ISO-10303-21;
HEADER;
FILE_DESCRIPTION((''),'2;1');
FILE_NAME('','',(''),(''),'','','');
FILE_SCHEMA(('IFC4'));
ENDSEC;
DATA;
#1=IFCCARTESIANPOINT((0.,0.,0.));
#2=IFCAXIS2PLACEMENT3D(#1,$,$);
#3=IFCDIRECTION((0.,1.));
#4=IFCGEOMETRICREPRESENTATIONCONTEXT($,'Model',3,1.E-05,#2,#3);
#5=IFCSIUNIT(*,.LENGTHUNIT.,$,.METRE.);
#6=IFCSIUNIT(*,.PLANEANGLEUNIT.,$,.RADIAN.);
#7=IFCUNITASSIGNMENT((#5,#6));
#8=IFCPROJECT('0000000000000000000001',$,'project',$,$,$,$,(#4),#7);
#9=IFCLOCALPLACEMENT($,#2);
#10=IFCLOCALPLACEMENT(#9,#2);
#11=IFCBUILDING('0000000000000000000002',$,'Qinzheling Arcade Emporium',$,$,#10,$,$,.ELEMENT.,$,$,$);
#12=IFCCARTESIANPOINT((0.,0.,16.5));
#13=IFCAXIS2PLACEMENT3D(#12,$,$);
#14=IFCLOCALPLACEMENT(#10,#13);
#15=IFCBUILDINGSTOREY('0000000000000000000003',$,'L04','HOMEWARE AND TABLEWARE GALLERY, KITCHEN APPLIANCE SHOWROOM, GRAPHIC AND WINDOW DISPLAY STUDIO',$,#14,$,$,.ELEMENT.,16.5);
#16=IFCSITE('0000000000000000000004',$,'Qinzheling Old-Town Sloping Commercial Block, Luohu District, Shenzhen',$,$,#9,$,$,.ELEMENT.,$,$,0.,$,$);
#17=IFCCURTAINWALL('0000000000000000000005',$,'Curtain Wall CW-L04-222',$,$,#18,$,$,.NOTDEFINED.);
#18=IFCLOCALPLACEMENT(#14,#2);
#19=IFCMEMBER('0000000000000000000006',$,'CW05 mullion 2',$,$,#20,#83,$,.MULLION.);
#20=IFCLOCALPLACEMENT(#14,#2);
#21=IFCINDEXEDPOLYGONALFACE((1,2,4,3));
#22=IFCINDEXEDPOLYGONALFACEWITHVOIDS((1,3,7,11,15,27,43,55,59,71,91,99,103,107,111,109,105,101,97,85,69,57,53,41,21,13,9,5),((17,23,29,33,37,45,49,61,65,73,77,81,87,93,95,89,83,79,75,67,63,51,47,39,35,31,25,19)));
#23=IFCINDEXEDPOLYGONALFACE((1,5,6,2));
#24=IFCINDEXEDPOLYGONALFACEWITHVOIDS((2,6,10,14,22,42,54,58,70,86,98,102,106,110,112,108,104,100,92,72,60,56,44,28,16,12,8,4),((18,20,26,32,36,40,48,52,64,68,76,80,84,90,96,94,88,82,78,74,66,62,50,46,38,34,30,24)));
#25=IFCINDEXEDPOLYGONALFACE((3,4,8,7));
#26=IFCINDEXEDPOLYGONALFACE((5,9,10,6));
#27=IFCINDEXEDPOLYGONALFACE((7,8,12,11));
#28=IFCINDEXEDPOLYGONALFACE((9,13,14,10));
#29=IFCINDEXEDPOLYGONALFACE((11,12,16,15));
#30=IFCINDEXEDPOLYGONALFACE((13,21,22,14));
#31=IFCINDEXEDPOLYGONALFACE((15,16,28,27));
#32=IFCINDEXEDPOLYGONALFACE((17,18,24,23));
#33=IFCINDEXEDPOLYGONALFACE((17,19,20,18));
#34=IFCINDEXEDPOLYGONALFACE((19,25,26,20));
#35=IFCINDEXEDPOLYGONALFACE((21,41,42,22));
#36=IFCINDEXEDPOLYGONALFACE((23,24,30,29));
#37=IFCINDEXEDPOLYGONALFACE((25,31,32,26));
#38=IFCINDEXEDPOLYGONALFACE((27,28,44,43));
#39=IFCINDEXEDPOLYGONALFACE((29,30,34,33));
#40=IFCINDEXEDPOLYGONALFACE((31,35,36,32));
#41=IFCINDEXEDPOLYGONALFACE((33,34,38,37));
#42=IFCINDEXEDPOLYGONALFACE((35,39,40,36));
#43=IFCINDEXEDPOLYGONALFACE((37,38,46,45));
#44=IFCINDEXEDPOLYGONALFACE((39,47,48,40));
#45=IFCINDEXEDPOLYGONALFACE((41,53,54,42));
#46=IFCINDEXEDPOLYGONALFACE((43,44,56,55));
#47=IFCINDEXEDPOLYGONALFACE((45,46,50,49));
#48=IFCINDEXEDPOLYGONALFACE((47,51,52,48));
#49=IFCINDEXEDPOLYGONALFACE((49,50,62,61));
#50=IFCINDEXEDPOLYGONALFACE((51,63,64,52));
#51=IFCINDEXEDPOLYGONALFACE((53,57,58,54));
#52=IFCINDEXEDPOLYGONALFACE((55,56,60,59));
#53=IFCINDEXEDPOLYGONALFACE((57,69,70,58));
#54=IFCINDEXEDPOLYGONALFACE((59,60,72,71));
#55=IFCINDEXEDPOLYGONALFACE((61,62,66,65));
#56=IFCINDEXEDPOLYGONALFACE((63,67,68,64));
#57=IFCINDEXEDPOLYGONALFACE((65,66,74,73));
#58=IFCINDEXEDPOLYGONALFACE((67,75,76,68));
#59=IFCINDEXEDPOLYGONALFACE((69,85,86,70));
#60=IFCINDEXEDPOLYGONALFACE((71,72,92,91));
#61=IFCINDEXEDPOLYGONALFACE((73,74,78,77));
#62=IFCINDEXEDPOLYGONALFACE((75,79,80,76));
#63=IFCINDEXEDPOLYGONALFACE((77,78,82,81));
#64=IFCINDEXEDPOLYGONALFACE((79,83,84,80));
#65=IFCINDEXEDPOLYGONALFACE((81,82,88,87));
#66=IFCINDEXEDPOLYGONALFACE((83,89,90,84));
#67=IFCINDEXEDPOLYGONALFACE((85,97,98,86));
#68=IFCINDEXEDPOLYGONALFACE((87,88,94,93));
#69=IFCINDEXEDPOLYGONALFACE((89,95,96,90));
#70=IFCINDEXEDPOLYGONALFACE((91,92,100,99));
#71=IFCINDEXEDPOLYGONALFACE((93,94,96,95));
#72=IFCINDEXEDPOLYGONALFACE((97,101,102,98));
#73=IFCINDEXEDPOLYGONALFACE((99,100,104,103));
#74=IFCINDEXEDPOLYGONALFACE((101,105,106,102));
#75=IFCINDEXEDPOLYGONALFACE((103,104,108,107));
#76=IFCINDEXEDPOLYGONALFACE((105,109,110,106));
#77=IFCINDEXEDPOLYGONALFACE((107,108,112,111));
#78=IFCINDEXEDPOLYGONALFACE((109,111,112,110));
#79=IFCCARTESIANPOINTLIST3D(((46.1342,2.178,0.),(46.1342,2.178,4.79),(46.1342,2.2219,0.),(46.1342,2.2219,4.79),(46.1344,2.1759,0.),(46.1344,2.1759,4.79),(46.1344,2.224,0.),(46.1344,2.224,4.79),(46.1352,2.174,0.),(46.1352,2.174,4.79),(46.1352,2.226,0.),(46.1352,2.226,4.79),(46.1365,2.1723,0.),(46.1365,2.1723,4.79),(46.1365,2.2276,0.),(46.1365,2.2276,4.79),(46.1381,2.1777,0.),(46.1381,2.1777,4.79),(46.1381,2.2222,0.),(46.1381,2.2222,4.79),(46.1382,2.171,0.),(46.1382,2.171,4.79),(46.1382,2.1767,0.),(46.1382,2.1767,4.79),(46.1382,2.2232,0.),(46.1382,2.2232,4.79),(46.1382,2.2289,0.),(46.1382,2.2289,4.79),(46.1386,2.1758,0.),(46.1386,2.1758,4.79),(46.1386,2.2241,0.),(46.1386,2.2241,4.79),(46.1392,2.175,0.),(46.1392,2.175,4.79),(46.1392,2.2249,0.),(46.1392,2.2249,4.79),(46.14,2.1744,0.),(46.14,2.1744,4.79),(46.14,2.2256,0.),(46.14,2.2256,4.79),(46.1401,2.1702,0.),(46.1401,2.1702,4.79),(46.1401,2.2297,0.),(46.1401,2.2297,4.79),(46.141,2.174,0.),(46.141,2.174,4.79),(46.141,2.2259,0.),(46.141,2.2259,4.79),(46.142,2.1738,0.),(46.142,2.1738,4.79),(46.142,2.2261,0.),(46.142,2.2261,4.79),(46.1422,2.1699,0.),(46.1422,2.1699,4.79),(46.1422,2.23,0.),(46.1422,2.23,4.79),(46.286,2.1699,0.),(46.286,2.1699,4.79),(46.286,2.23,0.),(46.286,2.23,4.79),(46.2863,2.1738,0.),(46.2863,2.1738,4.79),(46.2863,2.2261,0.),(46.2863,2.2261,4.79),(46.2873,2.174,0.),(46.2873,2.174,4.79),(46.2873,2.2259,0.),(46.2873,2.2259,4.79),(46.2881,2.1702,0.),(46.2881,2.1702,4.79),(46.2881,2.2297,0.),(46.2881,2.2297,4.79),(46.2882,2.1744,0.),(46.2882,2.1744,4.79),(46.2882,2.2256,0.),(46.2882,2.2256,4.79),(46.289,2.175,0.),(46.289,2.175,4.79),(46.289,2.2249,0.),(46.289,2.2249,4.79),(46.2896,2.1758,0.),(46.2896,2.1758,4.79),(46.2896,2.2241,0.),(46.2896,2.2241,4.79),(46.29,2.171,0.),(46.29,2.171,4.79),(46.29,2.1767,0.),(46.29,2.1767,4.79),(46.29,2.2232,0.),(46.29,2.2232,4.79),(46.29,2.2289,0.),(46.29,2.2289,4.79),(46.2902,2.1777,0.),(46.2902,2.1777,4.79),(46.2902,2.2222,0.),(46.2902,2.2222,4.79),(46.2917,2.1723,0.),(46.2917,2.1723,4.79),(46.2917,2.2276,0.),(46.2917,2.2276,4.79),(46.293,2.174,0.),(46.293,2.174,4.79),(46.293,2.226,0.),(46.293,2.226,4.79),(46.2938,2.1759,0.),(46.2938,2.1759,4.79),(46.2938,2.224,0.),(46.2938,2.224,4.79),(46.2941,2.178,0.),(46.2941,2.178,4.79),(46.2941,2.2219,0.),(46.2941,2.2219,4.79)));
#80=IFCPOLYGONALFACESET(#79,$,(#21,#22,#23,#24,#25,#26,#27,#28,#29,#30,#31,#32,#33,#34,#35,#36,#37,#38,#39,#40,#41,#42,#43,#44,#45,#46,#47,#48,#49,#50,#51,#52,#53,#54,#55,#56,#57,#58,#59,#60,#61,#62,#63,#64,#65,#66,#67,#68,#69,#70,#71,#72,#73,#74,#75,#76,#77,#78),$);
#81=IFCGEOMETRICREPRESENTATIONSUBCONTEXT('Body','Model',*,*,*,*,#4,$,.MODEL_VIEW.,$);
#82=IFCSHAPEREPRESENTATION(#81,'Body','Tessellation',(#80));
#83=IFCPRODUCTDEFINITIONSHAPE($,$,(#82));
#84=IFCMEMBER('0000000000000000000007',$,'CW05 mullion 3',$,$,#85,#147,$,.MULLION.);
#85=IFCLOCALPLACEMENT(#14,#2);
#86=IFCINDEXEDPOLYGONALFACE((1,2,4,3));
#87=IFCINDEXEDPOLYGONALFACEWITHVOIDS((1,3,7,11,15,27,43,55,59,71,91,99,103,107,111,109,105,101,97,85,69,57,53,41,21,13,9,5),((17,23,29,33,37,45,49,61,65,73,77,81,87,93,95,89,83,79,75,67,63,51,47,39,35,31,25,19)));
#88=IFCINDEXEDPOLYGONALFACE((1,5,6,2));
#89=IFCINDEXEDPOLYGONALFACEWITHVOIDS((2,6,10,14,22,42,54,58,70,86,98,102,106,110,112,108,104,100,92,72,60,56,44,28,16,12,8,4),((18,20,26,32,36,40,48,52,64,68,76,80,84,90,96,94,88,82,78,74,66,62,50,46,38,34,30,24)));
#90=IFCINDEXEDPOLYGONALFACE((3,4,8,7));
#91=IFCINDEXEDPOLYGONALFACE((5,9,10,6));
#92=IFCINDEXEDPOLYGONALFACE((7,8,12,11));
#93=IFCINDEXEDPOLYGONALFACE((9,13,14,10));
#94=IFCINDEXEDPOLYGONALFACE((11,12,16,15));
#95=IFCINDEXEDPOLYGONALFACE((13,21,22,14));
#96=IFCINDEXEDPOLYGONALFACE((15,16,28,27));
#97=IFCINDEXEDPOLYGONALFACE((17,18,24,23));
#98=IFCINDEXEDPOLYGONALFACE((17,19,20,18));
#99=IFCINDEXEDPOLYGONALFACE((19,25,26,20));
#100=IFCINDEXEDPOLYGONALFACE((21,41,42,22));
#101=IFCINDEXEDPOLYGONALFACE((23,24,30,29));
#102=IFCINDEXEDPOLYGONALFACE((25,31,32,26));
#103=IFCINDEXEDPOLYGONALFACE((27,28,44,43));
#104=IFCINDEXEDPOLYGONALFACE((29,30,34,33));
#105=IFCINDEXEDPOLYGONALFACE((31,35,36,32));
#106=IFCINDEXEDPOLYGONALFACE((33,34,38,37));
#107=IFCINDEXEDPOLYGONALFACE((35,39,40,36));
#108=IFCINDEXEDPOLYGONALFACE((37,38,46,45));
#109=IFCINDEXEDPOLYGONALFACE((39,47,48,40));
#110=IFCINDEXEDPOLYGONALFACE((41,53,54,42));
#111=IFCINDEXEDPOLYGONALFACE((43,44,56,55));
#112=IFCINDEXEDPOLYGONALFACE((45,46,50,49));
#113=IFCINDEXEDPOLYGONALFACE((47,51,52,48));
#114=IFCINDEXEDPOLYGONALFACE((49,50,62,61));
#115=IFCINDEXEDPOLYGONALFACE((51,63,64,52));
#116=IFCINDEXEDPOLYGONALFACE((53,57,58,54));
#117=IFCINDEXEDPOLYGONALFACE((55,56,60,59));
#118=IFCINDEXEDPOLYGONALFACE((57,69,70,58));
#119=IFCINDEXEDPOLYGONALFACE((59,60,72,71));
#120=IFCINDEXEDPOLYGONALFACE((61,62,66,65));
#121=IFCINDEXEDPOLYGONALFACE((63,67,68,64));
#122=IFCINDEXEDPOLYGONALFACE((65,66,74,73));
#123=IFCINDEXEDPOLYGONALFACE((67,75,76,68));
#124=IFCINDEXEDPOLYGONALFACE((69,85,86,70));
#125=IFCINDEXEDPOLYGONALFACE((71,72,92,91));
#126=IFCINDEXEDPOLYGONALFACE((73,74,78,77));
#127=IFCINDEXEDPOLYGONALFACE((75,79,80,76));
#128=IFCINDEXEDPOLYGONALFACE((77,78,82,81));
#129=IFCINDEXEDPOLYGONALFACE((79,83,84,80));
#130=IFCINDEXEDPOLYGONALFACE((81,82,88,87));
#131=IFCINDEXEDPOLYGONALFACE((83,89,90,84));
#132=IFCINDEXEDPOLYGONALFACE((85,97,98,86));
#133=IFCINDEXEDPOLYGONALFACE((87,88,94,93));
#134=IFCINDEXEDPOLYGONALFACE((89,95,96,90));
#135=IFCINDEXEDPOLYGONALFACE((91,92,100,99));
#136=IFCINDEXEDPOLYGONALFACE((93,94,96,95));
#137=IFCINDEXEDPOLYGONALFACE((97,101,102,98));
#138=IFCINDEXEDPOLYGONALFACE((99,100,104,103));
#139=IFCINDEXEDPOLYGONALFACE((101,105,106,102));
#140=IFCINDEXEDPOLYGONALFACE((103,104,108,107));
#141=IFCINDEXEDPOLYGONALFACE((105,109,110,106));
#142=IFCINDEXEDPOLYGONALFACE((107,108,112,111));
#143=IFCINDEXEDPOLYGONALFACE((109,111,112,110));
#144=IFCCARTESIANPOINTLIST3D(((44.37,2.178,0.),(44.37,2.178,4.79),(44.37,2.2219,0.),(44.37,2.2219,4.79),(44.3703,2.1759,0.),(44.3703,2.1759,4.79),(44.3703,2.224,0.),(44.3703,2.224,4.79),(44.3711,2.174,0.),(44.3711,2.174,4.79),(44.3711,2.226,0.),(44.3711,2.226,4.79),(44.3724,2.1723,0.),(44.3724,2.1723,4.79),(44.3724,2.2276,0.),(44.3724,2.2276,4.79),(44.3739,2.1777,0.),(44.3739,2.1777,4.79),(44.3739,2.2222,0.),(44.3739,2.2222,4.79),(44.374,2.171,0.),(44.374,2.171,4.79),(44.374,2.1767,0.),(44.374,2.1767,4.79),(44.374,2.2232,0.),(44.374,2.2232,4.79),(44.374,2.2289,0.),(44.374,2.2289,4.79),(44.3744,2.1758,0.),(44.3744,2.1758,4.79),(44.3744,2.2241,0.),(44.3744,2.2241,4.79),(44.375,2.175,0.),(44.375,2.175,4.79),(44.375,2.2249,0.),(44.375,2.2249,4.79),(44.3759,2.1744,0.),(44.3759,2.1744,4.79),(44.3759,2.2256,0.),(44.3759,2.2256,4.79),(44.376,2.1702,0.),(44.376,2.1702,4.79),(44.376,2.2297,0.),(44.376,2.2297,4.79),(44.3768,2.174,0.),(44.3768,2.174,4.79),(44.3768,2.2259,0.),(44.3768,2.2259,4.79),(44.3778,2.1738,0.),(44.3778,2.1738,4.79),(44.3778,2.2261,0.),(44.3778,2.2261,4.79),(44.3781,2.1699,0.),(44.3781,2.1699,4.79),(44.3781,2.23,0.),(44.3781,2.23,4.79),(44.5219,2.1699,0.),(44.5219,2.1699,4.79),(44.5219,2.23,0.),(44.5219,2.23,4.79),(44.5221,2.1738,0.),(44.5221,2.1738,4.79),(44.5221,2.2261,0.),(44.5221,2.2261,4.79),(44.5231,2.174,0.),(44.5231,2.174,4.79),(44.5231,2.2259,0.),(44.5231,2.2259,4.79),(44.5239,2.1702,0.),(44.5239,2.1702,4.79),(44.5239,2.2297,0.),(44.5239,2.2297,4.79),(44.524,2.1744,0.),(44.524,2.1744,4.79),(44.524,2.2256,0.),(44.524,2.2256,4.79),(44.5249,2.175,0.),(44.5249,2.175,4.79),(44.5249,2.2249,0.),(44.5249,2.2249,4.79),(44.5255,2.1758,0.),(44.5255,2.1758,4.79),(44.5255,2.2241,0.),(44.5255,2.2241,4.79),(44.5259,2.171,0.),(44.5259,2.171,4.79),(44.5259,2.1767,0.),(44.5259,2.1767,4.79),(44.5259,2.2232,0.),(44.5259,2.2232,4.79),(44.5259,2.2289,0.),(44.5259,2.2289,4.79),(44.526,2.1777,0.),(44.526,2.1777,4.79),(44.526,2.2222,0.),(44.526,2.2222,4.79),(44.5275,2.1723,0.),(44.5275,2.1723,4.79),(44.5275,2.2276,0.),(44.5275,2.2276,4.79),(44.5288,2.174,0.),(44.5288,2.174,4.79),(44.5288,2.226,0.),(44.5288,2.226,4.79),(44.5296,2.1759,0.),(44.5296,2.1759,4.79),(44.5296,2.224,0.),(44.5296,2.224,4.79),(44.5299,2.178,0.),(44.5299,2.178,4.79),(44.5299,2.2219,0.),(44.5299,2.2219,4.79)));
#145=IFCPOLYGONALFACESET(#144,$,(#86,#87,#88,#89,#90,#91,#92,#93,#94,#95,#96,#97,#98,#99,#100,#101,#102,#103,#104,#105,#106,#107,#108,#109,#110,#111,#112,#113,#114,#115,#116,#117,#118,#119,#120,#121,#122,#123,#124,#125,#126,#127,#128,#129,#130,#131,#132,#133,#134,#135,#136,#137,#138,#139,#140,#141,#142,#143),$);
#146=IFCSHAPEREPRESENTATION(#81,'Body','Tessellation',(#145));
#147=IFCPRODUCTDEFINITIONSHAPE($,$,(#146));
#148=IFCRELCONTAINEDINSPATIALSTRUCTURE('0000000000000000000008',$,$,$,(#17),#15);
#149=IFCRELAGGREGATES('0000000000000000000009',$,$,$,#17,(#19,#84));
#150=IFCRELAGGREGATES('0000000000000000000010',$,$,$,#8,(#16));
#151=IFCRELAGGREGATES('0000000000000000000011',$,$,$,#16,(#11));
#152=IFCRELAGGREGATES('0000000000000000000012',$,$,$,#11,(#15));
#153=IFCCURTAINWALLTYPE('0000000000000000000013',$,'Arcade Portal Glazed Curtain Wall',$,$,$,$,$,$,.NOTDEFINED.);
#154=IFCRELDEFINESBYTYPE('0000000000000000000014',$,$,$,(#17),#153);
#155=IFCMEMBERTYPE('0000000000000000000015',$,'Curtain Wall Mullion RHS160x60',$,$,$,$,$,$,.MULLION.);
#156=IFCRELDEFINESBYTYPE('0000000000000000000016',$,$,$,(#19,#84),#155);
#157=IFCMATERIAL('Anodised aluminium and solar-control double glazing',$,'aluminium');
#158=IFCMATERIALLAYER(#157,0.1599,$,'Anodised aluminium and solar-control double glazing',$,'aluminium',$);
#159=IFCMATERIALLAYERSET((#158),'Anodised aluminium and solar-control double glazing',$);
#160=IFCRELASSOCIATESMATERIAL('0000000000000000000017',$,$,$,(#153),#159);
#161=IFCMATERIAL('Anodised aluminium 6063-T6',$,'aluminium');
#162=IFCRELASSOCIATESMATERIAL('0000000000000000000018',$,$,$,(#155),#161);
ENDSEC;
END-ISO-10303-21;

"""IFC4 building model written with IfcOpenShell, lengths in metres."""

from ifc_helpers import new_model, si_unit, direction, frame, origin, origin_2d, place, context, subcontext, project, spatial, hollow_rectangle, extrude, material, layer, layer_set, material_profile, profile_set, type_object, element, aggregate, save


model = new_model("IFC4")

# Units and contexts
model_context = context("Model", 3, precision=1e-05, world=origin(), true_north=direction((0.0, 1.0)))
body_context = subcontext(model_context, "Body", "Model", "MODEL_VIEW")
ifc_project = project(units=[si_unit("LENGTHUNIT", "METRE"), si_unit("PLANEANGLEUNIT", "RADIAN")], contexts=[model_context])

# Site, building, storey
site_placement = place(None, origin())
site = spatial("IfcSite", under=ifc_project, at=site_placement, Name="Qinzheling Old-Town Sloping Commercial Block, Luohu District, Shenzhen", CompositionType="ELEMENT", RefElevation=0.0)
building_placement = place(site_placement, origin())
building = spatial("IfcBuilding", under=site, at=building_placement, Name="Qinzheling Arcade Emporium", CompositionType="ELEMENT")
storey_placement = place(building_placement, frame((0.0, 0.0, 16.5)))
storey = spatial("IfcBuildingStorey", under=building, at=storey_placement, Name="L04", Description="HOMEWARE AND TABLEWARE GALLERY, KITCHEN APPLIANCE SHOWROOM, GRAPHIC AND WINDOW DISPLAY STUDIO", CompositionType="ELEMENT", Elevation=16.5)

# Curtain wall, members
ifc_material_1 = material(Name="Anodised aluminium and solar-control double glazing", Category="aluminium")
ifc_layer_1 = layer(ifc_material_1, 0.1599, Name="Anodised aluminium and solar-control double glazing", Category="aluminium")
ifc_layer_set_1 = layer_set([ifc_layer_1], Name="Anodised aluminium and solar-control double glazing")
curtain_wall_type_1 = type_object("IfcCurtainWallType", Name="Arcade Portal Glazed Curtain Wall", PredefinedType="NOTDEFINED", material=ifc_layer_set_1)
ifc_material_2 = material(Name="Anodised aluminium 6063-T6", Category="aluminium")
ifc_material_profile_1 = material_profile(ifc_material_2, hollow_rectangle(XDim=0.0601, YDim=0.1599, WallThickness=0.0039, InnerFilletRadius=0.0039, OuterFilletRadius=0.0081, at=origin_2d()), Name="RHS 160x60x4", Category="aluminium")
ifc_profile_set_1 = profile_set([ifc_material_profile_1], Name="Anodised aluminium 6063-T6")
member_type_1 = type_object("IfcMemberType", Name="Curtain Wall Mullion RHS160x60", PredefinedType="MULLION", material=ifc_profile_set_1)
curtain_wall_1_placement = place(storey_placement, origin())
curtain_wall_1 = element("IfcCurtainWall", 1, at=curtain_wall_1_placement, inside=storey, type_object=curtain_wall_type_1, Name="Curtain Wall CW-L04-222", PredefinedType="NOTDEFINED")
member_1_placement = place(storey_placement, frame((46.2141, 2.2, 0.0), z_axis=(0.0, 0.0, 1.0), x_axis=(0.0, -1.0, 0.0)))
member_1 = element("IfcMember", 2, at=member_1_placement, type_object=member_type_1, Name="CW05 mullion 2", PredefinedType="MULLION", context=body_context, shape_type="SweptSolid", body=[
    extrude(hollow_rectangle(XDim=0.0601, YDim=0.1599, WallThickness=0.0039, InnerFilletRadius=0.0039, OuterFilletRadius=0.0081, at=origin_2d()), origin(), (0.0, 0.0, 1.0), 4.79),
])
member_2_placement = place(storey_placement, frame((44.45, 2.2, 0.0), z_axis=(0.0, 0.0, 1.0), x_axis=(0.0, -1.0, 0.0)))
member_2 = element("IfcMember", 3, at=member_2_placement, type_object=member_type_1, Name="CW05 mullion 3", PredefinedType="MULLION", context=body_context, shape_type="SweptSolid", body=[
    extrude(hollow_rectangle(XDim=0.0601, YDim=0.1599, WallThickness=0.0039, InnerFilletRadius=0.0039, OuterFilletRadius=0.0081, at=origin_2d()), origin(), (0.0, 0.0, 1.0), 4.79),
])

aggregate(curtain_wall_1, [member_1, member_2])

save(model, "model.ifc")
